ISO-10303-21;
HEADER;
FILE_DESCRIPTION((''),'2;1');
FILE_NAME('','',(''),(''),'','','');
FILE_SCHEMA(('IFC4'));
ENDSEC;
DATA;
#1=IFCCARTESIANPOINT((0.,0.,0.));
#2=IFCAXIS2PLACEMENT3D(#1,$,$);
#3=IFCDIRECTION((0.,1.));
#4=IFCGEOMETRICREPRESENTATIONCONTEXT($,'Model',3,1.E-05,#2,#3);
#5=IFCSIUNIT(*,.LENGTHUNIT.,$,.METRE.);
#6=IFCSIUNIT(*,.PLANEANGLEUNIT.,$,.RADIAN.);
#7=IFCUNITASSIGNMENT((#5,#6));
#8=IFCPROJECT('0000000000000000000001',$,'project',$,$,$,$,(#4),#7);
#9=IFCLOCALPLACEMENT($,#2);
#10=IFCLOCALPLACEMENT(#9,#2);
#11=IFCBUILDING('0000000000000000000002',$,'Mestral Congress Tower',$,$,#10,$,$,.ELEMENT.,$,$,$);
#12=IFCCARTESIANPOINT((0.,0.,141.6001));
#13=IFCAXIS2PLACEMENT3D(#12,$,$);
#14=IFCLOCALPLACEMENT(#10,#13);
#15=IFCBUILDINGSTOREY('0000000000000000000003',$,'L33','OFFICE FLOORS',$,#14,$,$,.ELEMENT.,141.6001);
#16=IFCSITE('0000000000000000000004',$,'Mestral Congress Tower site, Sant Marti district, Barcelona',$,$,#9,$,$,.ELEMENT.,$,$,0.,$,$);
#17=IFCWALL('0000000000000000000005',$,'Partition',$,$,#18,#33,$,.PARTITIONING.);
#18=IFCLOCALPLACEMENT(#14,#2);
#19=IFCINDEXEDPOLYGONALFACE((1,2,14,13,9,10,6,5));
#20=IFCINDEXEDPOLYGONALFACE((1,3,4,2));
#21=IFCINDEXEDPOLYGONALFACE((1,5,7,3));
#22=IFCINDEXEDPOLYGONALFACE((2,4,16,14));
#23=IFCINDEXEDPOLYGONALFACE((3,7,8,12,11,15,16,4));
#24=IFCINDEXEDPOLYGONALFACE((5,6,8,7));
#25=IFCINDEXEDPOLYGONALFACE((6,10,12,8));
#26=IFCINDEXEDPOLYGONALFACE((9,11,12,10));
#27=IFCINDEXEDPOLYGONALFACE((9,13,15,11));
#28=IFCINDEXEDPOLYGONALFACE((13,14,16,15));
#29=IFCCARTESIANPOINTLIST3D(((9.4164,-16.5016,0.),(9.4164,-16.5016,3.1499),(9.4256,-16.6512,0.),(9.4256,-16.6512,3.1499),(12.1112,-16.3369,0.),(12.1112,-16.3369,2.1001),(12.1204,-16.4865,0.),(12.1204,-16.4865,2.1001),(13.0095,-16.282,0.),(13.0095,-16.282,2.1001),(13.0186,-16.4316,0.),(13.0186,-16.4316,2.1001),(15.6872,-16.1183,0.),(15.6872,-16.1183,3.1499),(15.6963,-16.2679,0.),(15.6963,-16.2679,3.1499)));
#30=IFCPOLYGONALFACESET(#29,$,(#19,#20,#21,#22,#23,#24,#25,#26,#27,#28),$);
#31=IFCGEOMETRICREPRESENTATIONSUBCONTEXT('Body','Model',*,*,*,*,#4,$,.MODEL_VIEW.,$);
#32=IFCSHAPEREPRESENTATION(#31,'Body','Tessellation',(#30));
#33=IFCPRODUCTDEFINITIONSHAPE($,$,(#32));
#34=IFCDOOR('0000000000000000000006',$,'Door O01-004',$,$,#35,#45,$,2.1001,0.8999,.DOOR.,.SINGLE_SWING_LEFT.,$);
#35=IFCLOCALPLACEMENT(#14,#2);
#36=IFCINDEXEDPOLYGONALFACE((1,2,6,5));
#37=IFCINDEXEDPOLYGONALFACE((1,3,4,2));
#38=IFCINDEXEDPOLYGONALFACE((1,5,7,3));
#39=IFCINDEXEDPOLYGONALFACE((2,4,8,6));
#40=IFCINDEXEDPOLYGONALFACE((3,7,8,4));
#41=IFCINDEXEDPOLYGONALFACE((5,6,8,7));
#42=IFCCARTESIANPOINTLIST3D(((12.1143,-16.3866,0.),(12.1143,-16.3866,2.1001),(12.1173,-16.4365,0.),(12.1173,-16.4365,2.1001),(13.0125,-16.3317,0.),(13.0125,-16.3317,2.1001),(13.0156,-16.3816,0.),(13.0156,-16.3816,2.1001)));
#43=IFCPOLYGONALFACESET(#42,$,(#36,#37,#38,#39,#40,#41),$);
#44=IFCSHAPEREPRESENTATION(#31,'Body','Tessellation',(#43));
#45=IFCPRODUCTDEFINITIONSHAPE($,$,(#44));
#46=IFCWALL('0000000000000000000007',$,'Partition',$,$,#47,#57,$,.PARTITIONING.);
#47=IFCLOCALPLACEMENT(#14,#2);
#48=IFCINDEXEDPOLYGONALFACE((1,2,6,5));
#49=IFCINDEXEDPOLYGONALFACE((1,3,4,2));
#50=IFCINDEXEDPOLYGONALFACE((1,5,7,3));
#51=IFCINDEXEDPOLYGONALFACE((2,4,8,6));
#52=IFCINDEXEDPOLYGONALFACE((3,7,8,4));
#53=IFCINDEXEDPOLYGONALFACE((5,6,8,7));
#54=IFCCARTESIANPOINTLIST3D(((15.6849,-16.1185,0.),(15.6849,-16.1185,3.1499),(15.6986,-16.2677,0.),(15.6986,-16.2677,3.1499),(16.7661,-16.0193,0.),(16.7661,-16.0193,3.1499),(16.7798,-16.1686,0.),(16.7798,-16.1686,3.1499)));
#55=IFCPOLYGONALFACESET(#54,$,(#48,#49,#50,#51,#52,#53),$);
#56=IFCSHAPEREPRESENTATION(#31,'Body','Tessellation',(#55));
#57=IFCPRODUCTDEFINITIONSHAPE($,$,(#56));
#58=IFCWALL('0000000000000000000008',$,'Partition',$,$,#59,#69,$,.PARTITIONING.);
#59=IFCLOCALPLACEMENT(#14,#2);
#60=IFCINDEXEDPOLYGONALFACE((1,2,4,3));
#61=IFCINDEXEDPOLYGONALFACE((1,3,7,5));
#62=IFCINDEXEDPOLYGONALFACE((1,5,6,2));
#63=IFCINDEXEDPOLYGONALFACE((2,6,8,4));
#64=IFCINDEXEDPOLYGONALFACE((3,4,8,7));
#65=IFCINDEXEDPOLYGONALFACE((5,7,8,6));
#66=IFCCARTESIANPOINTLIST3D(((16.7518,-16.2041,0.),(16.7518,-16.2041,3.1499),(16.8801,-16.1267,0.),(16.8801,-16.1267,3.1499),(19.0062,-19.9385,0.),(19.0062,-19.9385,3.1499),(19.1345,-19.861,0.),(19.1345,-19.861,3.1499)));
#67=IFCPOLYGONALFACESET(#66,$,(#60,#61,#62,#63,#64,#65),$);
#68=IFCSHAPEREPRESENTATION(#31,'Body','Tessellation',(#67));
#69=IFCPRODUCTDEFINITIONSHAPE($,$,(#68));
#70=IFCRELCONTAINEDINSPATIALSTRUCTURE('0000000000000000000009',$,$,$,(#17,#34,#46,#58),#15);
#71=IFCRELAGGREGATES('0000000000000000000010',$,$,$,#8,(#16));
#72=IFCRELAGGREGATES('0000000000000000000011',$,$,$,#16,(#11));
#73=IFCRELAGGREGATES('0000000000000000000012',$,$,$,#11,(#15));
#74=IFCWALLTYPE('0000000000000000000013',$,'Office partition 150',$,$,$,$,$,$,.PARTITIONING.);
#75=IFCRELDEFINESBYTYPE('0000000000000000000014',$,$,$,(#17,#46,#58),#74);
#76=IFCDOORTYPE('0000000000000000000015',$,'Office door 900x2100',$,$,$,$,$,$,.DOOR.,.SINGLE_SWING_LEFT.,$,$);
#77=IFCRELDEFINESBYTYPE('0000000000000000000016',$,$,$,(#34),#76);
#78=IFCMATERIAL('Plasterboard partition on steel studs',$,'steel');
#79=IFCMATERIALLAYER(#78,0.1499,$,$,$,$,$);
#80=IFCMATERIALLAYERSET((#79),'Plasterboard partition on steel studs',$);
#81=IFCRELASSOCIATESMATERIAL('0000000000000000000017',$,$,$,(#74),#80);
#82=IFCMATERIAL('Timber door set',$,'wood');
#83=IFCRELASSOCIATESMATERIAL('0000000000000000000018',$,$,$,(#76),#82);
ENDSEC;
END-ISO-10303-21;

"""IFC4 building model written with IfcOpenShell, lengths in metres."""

from ifc_helpers import new_model, si_unit, direction, frame, frame_2d, origin, place, context, subcontext, project, spatial, rectangle, extrude, material, layer, layer_set, type_object, element, fill, save


model = new_model("IFC4")

# Units and contexts
model_context = context("Model", 3, precision=1e-05, world=origin(), true_north=direction((0.0, 1.0)))
body_context = subcontext(model_context, "Body", "Model", "MODEL_VIEW")
ifc_project = project(units=[si_unit("LENGTHUNIT", "METRE"), si_unit("PLANEANGLEUNIT", "RADIAN")], contexts=[model_context])

# Site, building, storey
site_placement = place(None, origin())
site = spatial("IfcSite", under=ifc_project, at=site_placement, Name="Mestral Congress Tower site, Sant Marti district, Barcelona", CompositionType="ELEMENT", RefElevation=0.0)
building_placement = place(site_placement, origin())
building = spatial("IfcBuilding", under=site, at=building_placement, Name="Mestral Congress Tower", CompositionType="ELEMENT")
storey_placement = place(building_placement, frame((0.0, 0.0, 141.6001)))
storey = spatial("IfcBuildingStorey", under=building, at=storey_placement, Name="L33", Description="OFFICE FLOORS", CompositionType="ELEMENT", Elevation=141.6001)

# Wall, opening, door
ifc_material_1 = material(Name="Plasterboard partition on steel studs", Category="steel")
ifc_layer_1 = layer(ifc_material_1, 0.1499)
ifc_layer_set_1 = layer_set([ifc_layer_1], Name="Plasterboard partition on steel studs")
wall_type_1 = type_object("IfcWallType", Name="Office partition 150", PredefinedType="PARTITIONING", material=ifc_layer_set_1)
wall_1_placement = place(storey_placement, frame((15.6917, -16.1931, 0.0), z_axis=(0.0, 0.0, 1.0), x_axis=(-0.998137, -0.061011, 0.0)))
wall_1 = element("IfcWall", 1, at=wall_1_placement, inside=storey, type_object=wall_type_1, Name="Partition", PredefinedType="PARTITIONING", context=body_context, shape_type="SweptSolid", body=[
    extrude(rectangle(XDim=6.2825, YDim=0.1499, at=frame_2d((3.1411, 0.0))), origin(), (0.0, 0.0, 1.0), 3.1499),
])
opening_1_placement = place(wall_1_placement, frame((2.6826, 0.0, 0.0)))
opening_1 = element("IfcOpeningElement", 2, at=opening_1_placement, cuts=wall_1, PredefinedType="OPENING", context=body_context, shape_type="SweptSolid", body=[
    extrude(rectangle(XDim=0.8999, YDim=2.1001, at=frame_2d((0.45, 1.05))), frame((0.0, 0.085, 0.0), z_axis=(0.0, -1.0, 0.0), x_axis=(1.0, 0.0, 0.0)), (0.0, 0.0, 1.0), 0.1699),
])
ifc_material_2 = material(Name="Timber door set", Category="wood")
door_type = type_object("IfcDoorType", Name="Office door 900x2100", OperationType="SINGLE_SWING_LEFT", PredefinedType="DOOR", material=ifc_material_2)
door_placement = place(opening_1_placement, origin())
door = element("IfcDoor", 3, at=door_placement, inside=storey, type_object=door_type, Name="Door O01-004", OperationType="SINGLE_SWING_LEFT", OverallHeight=2.1001, OverallWidth=0.8999, PredefinedType="DOOR", context=body_context, shape_type="SweptSolid", body=[
    extrude(rectangle(XDim=0.8999, YDim=2.1001, at=frame_2d((0.45, 1.05))), frame((0.0, 0.0249, 0.0), z_axis=(0.0, -1.0, 0.0), x_axis=(1.0, 0.0, 0.0)), (0.0, 0.0, 1.0), 0.05),
])
fill(opening_1, door)

# Walls
wall_2_placement = place(storey_placement, frame((15.6917, -16.1931, 0.0), z_axis=(0.0, 0.0, 1.0), x_axis=(0.995823, 0.091306, 0.0)))
element("IfcWall", 4, at=wall_2_placement, inside=storey, type_object=wall_type_1, Name="Partition", PredefinedType="PARTITIONING", context=body_context, shape_type="SweptSolid", body=[
    extrude(rectangle(XDim=1.0857, YDim=0.1499, at=frame_2d((0.543, 0.0))), origin(), (0.0, 0.0, 1.0), 3.1499),
])
wall_3_placement = place(storey_placement, frame((16.8159, -16.1653, 0.0), z_axis=(0.0, 0.0, 1.0), x_axis=(0.516815, -0.856097, 0.0)))
element("IfcWall", 5, at=wall_3_placement, inside=storey, type_object=wall_type_1, Name="Partition", PredefinedType="PARTITIONING", context=body_context, shape_type="SweptSolid", body=[
    extrude(rectangle(XDim=4.3621, YDim=0.1499, at=frame_2d((2.1812, 0.0))), origin(), (0.0, 0.0, 1.0), 3.1499),
])

save(model, "model.ifc")
